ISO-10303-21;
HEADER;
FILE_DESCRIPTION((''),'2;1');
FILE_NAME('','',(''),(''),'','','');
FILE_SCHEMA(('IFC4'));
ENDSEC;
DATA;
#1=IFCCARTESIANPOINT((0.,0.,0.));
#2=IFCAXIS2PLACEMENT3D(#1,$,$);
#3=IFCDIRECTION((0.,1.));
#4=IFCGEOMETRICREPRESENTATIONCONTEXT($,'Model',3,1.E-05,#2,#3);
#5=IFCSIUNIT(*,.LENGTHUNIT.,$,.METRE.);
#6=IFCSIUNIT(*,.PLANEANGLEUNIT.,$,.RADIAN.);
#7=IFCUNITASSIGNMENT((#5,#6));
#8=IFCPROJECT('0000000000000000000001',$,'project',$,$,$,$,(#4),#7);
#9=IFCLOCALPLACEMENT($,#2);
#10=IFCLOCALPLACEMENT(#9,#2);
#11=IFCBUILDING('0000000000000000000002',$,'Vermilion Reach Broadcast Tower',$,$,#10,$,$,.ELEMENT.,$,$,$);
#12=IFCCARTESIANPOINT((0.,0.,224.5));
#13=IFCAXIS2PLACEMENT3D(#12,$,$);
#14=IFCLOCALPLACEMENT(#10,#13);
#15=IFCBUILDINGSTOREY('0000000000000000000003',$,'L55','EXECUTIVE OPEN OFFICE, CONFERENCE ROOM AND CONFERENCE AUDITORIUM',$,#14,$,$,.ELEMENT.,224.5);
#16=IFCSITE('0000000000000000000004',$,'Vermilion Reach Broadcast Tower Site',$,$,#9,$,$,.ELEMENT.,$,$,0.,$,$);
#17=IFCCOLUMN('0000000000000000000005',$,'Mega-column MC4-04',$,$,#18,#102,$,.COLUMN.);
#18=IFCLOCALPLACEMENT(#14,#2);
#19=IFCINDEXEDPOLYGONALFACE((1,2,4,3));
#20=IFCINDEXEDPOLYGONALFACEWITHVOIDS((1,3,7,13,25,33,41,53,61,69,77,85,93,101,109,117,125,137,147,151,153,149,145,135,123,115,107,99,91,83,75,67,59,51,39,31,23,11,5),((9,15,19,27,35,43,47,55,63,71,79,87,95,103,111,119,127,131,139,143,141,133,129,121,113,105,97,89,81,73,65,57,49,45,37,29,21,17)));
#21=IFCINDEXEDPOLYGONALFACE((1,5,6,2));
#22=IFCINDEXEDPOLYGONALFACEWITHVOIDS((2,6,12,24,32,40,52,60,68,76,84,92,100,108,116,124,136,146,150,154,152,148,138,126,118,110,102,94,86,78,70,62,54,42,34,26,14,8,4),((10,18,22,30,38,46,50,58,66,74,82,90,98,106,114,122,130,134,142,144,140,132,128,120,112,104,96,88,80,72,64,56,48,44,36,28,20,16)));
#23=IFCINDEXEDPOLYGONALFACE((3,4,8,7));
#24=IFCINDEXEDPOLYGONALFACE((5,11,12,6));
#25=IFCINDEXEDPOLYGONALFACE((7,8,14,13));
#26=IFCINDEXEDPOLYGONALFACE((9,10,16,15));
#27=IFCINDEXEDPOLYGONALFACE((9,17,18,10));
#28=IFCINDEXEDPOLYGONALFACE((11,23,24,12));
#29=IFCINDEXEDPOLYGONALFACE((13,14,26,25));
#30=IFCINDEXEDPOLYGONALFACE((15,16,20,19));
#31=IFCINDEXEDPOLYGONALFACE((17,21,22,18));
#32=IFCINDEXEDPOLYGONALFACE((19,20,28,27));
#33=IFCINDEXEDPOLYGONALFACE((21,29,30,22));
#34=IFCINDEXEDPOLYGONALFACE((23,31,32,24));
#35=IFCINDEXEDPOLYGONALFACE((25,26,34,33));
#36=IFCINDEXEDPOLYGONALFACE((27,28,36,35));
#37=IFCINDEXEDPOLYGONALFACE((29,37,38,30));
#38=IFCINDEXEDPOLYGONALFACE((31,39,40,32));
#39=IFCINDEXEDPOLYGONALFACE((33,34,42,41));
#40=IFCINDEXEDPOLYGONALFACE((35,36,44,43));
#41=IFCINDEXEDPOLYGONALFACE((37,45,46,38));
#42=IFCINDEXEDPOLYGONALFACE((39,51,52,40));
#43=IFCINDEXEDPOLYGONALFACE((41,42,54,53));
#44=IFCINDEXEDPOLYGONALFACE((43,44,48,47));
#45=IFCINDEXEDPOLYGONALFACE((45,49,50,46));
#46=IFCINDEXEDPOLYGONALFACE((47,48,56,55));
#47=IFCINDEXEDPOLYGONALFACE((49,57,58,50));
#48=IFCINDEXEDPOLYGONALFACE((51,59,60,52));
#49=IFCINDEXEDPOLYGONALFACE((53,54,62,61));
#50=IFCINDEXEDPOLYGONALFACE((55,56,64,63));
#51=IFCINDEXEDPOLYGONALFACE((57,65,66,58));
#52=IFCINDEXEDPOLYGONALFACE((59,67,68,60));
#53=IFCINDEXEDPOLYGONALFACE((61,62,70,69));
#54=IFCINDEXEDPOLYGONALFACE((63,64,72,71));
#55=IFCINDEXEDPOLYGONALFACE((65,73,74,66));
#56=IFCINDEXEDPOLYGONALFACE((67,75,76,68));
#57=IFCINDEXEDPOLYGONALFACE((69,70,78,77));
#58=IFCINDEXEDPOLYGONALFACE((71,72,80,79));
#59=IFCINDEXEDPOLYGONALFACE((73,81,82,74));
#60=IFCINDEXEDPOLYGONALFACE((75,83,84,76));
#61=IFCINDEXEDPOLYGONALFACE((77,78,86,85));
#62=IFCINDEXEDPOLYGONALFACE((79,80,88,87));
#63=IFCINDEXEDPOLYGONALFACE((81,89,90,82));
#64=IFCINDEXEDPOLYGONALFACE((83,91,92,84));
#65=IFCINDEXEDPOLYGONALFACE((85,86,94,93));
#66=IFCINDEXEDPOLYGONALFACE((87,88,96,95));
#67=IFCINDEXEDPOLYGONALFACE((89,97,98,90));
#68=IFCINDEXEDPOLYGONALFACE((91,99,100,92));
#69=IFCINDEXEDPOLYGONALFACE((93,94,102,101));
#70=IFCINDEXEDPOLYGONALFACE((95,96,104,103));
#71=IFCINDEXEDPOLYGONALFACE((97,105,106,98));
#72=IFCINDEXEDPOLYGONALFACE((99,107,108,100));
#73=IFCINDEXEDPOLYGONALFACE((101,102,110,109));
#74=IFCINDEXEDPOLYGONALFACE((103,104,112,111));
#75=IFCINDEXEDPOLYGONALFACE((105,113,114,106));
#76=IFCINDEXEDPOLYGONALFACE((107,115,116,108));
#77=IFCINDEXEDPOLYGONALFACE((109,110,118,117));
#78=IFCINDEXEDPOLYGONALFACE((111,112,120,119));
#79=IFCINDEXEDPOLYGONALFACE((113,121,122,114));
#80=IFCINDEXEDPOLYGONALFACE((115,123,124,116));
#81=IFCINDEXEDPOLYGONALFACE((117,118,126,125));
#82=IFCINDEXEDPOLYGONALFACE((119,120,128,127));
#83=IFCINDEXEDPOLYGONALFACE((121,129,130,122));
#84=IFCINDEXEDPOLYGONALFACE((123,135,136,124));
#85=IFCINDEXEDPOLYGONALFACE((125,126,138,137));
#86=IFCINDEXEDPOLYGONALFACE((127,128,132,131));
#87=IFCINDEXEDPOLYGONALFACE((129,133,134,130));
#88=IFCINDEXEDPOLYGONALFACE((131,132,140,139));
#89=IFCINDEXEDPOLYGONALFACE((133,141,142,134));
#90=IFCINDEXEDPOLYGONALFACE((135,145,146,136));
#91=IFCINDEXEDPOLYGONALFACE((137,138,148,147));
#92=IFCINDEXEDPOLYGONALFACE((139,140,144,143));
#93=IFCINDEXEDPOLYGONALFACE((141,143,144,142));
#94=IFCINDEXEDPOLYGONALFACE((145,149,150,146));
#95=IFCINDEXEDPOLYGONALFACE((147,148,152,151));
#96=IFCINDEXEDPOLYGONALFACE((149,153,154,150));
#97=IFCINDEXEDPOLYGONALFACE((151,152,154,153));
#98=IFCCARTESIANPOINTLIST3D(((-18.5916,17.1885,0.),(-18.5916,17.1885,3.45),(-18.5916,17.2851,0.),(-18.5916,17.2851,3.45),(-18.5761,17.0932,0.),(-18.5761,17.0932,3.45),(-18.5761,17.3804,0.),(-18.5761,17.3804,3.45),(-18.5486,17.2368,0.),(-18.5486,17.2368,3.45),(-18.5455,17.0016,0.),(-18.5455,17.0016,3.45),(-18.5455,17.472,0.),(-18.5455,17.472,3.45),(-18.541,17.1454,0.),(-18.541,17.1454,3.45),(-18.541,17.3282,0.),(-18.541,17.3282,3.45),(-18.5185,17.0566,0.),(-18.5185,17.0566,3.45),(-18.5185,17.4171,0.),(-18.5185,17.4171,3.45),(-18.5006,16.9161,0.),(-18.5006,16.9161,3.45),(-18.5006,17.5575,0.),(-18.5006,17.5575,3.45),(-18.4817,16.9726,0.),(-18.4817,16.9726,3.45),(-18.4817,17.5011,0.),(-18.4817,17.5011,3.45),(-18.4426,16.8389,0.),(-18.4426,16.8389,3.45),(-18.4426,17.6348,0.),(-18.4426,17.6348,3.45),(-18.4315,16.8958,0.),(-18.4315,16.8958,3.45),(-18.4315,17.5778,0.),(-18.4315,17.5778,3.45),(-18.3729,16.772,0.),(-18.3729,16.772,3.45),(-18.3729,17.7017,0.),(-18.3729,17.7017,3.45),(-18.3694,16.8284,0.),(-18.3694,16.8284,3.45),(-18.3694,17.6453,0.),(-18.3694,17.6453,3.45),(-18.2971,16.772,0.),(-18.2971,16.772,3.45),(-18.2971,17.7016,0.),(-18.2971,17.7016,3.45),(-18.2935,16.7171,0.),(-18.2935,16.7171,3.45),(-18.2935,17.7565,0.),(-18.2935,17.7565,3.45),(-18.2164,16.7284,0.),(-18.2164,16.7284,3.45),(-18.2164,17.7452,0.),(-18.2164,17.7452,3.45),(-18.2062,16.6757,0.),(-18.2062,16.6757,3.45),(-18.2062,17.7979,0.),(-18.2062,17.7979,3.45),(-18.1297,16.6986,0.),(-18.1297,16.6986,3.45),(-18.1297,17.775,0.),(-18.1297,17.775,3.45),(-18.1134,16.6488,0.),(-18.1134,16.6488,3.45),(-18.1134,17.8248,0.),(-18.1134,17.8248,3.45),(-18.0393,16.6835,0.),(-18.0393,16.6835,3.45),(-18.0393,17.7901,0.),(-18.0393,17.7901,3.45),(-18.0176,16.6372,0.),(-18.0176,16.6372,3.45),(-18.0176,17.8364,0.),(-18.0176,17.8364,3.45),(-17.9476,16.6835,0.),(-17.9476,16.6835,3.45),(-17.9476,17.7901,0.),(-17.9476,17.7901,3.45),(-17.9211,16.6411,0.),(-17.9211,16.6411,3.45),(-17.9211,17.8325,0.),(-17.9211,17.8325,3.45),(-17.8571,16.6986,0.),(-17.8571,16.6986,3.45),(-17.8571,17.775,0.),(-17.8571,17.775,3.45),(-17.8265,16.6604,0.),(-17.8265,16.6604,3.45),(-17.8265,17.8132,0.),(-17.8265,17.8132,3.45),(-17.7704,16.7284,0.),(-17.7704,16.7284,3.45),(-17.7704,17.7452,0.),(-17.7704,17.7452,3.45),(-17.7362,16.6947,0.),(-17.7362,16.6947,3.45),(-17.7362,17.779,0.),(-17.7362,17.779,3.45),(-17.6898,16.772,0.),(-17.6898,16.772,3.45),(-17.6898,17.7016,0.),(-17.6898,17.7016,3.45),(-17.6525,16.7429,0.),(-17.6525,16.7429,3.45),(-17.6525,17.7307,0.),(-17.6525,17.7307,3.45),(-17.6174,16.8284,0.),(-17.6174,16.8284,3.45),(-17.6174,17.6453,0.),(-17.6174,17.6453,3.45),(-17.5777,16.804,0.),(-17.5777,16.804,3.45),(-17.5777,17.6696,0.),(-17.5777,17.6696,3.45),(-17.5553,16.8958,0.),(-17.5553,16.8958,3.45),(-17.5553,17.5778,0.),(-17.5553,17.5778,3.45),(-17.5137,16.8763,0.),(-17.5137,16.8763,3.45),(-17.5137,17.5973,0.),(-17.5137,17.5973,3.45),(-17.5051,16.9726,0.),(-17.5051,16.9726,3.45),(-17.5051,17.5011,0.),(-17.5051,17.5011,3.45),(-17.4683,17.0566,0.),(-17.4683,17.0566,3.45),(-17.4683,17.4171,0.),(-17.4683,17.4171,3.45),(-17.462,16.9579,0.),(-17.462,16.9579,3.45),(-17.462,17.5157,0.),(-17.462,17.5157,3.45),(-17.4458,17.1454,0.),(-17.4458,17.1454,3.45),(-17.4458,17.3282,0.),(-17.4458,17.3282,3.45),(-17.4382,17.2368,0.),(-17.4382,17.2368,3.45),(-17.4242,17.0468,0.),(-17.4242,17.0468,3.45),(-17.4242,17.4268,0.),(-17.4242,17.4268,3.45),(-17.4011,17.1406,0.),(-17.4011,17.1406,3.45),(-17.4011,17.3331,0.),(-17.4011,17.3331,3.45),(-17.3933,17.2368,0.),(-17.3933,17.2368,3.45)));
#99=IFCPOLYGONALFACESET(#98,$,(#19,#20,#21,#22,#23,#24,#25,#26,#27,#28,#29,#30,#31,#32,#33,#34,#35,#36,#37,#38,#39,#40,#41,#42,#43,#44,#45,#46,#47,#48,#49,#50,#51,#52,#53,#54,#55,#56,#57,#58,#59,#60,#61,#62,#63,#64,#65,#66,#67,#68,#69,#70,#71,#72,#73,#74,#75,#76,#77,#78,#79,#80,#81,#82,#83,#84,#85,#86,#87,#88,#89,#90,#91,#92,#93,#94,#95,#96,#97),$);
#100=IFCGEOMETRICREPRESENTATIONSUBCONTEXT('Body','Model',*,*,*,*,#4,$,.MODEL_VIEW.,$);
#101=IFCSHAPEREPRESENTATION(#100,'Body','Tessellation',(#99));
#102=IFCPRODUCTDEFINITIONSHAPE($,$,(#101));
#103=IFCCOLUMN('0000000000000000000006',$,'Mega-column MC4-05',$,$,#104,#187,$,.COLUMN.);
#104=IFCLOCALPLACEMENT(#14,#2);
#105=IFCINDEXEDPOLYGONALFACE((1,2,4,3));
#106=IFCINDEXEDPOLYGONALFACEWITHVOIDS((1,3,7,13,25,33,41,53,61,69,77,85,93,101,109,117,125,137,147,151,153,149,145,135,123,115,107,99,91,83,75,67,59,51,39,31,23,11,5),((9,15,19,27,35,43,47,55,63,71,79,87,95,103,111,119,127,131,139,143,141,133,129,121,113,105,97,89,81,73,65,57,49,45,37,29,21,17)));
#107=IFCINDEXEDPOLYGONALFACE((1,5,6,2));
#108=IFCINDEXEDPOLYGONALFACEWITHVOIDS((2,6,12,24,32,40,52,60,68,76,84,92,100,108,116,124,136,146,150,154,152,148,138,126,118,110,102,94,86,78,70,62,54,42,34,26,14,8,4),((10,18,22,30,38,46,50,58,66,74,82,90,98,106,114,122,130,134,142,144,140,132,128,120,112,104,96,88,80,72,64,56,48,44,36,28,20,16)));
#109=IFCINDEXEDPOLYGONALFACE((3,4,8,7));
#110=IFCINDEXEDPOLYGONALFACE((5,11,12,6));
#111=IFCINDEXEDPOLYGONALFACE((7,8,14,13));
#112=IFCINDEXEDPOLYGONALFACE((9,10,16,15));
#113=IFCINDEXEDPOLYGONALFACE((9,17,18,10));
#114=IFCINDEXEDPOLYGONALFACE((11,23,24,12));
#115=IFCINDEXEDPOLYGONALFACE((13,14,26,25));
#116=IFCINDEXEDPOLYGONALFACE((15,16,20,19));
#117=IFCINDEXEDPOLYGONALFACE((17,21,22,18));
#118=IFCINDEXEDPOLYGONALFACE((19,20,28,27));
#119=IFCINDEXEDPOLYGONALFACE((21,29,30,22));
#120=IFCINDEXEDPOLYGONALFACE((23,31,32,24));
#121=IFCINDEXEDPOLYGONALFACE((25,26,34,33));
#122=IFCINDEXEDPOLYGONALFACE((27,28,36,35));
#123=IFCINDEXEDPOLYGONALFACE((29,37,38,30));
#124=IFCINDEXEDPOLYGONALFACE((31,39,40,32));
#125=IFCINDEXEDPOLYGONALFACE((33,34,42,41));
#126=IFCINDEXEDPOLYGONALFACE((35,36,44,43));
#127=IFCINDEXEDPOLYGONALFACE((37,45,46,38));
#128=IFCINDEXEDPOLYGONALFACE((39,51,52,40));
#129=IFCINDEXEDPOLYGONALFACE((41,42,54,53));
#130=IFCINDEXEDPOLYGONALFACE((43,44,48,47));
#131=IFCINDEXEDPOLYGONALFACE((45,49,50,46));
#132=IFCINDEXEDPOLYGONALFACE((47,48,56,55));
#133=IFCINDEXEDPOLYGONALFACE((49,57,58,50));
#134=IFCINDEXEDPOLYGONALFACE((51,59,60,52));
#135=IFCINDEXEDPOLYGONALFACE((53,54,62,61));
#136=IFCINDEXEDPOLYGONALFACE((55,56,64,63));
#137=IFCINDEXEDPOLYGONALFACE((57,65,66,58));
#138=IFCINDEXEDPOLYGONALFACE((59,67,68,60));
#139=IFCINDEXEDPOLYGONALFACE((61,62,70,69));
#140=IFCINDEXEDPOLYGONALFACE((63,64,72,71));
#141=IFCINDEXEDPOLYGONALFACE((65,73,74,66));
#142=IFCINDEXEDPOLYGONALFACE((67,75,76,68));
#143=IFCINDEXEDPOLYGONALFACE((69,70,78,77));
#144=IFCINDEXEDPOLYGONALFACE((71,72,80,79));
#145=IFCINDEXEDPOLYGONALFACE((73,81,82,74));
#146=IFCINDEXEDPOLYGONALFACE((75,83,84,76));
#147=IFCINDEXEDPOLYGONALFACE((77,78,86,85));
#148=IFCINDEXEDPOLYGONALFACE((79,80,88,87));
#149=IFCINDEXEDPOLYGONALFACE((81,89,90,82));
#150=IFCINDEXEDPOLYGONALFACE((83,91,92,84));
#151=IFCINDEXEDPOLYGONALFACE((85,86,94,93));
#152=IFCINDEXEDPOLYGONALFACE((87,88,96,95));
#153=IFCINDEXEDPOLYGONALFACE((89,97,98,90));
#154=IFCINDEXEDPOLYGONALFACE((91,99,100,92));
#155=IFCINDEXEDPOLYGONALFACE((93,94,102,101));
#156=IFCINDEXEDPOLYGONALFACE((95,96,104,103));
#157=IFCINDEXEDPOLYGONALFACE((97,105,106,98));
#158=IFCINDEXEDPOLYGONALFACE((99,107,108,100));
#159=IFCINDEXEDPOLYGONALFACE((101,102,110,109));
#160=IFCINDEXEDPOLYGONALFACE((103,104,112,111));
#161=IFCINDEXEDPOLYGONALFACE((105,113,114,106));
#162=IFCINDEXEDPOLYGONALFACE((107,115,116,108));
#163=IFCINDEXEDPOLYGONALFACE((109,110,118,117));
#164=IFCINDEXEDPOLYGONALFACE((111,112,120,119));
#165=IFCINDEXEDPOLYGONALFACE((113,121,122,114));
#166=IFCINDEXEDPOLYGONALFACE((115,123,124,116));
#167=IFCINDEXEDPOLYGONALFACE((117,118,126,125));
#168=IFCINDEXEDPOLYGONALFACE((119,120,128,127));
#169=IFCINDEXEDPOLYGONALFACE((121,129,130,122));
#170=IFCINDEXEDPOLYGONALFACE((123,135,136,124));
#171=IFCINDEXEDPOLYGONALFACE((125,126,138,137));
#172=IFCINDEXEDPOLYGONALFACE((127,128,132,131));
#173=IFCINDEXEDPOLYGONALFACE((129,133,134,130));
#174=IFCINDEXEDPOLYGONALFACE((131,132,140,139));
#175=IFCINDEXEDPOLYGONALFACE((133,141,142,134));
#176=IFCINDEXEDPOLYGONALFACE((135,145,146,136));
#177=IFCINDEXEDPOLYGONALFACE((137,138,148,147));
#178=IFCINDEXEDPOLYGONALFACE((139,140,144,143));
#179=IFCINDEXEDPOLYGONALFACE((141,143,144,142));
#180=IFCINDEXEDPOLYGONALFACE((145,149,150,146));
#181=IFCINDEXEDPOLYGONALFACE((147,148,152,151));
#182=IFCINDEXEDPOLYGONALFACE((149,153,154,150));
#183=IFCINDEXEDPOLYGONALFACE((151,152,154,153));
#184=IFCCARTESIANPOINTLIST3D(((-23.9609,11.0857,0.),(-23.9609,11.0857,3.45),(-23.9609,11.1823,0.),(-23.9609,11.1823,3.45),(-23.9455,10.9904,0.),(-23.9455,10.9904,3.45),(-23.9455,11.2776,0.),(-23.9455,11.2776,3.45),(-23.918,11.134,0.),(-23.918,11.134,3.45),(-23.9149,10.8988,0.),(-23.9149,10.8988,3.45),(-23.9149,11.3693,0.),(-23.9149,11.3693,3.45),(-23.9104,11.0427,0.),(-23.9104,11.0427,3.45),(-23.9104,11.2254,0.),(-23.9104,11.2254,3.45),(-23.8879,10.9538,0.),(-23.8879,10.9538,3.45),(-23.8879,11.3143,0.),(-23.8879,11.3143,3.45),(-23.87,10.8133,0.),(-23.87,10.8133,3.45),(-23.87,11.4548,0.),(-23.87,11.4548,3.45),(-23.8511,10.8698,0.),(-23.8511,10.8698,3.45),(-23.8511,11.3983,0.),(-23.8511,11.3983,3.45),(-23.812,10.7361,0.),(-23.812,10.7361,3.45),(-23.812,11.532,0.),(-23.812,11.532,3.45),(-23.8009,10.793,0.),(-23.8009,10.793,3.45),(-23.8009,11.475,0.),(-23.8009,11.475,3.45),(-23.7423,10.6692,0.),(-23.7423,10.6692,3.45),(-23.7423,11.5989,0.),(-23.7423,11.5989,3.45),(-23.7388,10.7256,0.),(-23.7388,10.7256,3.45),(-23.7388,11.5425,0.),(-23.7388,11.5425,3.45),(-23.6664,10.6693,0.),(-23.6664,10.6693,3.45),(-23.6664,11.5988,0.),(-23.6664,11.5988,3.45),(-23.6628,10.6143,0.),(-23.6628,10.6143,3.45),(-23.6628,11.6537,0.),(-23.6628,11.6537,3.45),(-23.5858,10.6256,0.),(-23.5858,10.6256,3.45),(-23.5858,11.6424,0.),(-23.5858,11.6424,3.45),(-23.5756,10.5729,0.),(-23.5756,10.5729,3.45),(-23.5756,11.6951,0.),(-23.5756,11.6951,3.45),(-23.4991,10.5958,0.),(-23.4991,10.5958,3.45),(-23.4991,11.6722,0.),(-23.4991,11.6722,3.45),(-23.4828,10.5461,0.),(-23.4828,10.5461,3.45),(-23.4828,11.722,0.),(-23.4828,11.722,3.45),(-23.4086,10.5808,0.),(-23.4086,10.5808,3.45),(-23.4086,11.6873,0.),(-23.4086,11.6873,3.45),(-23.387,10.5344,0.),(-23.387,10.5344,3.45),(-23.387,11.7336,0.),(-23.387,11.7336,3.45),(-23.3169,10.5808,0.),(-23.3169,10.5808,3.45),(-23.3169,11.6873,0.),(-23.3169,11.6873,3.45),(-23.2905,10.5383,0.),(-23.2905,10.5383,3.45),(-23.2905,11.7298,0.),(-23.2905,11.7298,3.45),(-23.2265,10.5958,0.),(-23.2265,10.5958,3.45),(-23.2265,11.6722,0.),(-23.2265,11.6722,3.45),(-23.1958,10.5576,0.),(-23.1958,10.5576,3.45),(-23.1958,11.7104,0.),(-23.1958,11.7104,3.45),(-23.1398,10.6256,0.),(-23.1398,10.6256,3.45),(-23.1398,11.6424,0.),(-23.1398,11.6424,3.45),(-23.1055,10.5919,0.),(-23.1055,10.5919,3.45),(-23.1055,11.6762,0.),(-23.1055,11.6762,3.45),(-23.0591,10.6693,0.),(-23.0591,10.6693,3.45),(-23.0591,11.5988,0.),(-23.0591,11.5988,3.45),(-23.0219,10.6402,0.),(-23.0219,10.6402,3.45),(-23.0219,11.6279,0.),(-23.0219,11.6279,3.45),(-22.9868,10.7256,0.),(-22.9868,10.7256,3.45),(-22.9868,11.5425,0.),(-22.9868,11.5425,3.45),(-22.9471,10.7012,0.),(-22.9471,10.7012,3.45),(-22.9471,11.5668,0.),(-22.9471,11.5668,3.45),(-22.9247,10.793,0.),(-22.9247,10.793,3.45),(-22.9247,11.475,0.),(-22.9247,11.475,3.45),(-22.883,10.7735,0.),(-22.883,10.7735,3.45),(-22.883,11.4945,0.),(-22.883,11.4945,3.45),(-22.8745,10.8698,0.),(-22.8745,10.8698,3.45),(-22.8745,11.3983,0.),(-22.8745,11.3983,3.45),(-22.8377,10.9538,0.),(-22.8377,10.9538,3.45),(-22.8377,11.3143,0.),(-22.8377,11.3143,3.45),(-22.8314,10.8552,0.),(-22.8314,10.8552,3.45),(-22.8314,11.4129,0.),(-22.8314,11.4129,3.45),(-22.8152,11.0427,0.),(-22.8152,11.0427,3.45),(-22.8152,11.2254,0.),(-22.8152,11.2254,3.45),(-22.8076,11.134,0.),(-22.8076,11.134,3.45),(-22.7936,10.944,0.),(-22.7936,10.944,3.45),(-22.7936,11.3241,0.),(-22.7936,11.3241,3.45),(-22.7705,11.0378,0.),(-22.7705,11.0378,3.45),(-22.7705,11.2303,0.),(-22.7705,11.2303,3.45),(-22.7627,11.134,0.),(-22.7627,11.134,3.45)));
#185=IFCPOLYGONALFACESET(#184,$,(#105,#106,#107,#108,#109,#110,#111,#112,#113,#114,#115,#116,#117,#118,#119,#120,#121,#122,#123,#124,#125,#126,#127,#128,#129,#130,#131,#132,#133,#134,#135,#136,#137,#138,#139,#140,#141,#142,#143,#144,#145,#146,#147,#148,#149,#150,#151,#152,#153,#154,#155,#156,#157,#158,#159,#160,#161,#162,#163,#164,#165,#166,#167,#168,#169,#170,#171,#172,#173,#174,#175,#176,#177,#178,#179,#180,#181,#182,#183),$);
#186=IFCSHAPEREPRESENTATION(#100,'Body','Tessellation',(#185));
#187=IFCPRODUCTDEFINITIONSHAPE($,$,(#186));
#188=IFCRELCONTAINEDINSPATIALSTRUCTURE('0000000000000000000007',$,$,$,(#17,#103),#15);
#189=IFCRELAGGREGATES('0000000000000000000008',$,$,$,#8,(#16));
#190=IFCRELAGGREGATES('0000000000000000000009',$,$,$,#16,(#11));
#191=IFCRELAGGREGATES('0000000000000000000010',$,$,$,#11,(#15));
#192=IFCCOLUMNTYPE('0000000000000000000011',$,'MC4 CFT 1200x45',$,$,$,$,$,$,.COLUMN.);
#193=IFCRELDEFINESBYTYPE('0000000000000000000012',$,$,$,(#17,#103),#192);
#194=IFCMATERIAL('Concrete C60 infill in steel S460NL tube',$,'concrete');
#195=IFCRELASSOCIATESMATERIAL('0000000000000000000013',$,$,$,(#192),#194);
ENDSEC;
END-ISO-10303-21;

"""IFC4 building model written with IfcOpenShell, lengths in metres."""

from ifc_helpers import new_model, si_unit, direction, frame, origin, origin_2d, place, context, subcontext, project, spatial, hollow_circle, extrude, material, material_profile, profile_set, type_object, element, save


model = new_model("IFC4")

# Units and contexts
model_context = context("Model", 3, precision=1e-05, world=origin(), true_north=direction((0.0, 1.0)))
body_context = subcontext(model_context, "Body", "Model", "MODEL_VIEW")
ifc_project = project(units=[si_unit("LENGTHUNIT", "METRE"), si_unit("PLANEANGLEUNIT", "RADIAN")], contexts=[model_context])

# Site, building, storey
site_placement = place(None, origin())
site = spatial("IfcSite", under=ifc_project, at=site_placement, Name="Vermilion Reach Broadcast Tower Site", CompositionType="ELEMENT", RefElevation=0.0)
building_placement = place(site_placement, origin())
building = spatial("IfcBuilding", under=site, at=building_placement, Name="Vermilion Reach Broadcast Tower", CompositionType="ELEMENT")
storey_placement = place(building_placement, frame((0.0, 0.0, 224.5)))
storey = spatial("IfcBuildingStorey", under=building, at=storey_placement, Name="L55", Description="EXECUTIVE OPEN OFFICE, CONFERENCE ROOM AND CONFERENCE AUDITORIUM", CompositionType="ELEMENT", Elevation=224.5)

# Columns
ifc_material_1 = material(Name="Concrete C60 infill in steel S460NL tube", Category="concrete")
ifc_material_profile_1 = material_profile(ifc_material_1, hollow_circle(Radius=0.6001, WallThickness=0.0449, at=origin_2d()), Name="Concrete C60 infill in steel S460NL tube CFT 1200x45")
ifc_profile_set_1 = profile_set([ifc_material_profile_1], Name="Concrete C60 infill in steel S460NL tube")
column_type = type_object("IfcColumnType", Name="MC4 CFT 1200x45", PredefinedType="COLUMN", material=ifc_profile_set_1)
for number, where, z_axis, x_axis, name in (
    (1, (-17.9934, 17.2368, 0.0), (0.0, 0.0, 1.0), (1.0, 0.0, 0.0), "Mega-column MC4-04"),
    (2, (-23.3628, 11.134, 0.0), (0.0, 0.0, 1.0), (1.0, 0.0, 0.0), "Mega-column MC4-05"),
):
    element("IfcColumn", number, at=place(storey_placement, frame(where, z_axis=z_axis, x_axis=x_axis)), inside=storey, type_object=column_type, Name=name, PredefinedType="COLUMN", context=body_context, shape_type="SweptSolid", body=[
        extrude(hollow_circle(Radius=0.6001, WallThickness=0.0449, at=origin_2d()), origin(), (0.0, 0.0, 1.0), 3.45),
    ])

save(model, "model.ifc")
